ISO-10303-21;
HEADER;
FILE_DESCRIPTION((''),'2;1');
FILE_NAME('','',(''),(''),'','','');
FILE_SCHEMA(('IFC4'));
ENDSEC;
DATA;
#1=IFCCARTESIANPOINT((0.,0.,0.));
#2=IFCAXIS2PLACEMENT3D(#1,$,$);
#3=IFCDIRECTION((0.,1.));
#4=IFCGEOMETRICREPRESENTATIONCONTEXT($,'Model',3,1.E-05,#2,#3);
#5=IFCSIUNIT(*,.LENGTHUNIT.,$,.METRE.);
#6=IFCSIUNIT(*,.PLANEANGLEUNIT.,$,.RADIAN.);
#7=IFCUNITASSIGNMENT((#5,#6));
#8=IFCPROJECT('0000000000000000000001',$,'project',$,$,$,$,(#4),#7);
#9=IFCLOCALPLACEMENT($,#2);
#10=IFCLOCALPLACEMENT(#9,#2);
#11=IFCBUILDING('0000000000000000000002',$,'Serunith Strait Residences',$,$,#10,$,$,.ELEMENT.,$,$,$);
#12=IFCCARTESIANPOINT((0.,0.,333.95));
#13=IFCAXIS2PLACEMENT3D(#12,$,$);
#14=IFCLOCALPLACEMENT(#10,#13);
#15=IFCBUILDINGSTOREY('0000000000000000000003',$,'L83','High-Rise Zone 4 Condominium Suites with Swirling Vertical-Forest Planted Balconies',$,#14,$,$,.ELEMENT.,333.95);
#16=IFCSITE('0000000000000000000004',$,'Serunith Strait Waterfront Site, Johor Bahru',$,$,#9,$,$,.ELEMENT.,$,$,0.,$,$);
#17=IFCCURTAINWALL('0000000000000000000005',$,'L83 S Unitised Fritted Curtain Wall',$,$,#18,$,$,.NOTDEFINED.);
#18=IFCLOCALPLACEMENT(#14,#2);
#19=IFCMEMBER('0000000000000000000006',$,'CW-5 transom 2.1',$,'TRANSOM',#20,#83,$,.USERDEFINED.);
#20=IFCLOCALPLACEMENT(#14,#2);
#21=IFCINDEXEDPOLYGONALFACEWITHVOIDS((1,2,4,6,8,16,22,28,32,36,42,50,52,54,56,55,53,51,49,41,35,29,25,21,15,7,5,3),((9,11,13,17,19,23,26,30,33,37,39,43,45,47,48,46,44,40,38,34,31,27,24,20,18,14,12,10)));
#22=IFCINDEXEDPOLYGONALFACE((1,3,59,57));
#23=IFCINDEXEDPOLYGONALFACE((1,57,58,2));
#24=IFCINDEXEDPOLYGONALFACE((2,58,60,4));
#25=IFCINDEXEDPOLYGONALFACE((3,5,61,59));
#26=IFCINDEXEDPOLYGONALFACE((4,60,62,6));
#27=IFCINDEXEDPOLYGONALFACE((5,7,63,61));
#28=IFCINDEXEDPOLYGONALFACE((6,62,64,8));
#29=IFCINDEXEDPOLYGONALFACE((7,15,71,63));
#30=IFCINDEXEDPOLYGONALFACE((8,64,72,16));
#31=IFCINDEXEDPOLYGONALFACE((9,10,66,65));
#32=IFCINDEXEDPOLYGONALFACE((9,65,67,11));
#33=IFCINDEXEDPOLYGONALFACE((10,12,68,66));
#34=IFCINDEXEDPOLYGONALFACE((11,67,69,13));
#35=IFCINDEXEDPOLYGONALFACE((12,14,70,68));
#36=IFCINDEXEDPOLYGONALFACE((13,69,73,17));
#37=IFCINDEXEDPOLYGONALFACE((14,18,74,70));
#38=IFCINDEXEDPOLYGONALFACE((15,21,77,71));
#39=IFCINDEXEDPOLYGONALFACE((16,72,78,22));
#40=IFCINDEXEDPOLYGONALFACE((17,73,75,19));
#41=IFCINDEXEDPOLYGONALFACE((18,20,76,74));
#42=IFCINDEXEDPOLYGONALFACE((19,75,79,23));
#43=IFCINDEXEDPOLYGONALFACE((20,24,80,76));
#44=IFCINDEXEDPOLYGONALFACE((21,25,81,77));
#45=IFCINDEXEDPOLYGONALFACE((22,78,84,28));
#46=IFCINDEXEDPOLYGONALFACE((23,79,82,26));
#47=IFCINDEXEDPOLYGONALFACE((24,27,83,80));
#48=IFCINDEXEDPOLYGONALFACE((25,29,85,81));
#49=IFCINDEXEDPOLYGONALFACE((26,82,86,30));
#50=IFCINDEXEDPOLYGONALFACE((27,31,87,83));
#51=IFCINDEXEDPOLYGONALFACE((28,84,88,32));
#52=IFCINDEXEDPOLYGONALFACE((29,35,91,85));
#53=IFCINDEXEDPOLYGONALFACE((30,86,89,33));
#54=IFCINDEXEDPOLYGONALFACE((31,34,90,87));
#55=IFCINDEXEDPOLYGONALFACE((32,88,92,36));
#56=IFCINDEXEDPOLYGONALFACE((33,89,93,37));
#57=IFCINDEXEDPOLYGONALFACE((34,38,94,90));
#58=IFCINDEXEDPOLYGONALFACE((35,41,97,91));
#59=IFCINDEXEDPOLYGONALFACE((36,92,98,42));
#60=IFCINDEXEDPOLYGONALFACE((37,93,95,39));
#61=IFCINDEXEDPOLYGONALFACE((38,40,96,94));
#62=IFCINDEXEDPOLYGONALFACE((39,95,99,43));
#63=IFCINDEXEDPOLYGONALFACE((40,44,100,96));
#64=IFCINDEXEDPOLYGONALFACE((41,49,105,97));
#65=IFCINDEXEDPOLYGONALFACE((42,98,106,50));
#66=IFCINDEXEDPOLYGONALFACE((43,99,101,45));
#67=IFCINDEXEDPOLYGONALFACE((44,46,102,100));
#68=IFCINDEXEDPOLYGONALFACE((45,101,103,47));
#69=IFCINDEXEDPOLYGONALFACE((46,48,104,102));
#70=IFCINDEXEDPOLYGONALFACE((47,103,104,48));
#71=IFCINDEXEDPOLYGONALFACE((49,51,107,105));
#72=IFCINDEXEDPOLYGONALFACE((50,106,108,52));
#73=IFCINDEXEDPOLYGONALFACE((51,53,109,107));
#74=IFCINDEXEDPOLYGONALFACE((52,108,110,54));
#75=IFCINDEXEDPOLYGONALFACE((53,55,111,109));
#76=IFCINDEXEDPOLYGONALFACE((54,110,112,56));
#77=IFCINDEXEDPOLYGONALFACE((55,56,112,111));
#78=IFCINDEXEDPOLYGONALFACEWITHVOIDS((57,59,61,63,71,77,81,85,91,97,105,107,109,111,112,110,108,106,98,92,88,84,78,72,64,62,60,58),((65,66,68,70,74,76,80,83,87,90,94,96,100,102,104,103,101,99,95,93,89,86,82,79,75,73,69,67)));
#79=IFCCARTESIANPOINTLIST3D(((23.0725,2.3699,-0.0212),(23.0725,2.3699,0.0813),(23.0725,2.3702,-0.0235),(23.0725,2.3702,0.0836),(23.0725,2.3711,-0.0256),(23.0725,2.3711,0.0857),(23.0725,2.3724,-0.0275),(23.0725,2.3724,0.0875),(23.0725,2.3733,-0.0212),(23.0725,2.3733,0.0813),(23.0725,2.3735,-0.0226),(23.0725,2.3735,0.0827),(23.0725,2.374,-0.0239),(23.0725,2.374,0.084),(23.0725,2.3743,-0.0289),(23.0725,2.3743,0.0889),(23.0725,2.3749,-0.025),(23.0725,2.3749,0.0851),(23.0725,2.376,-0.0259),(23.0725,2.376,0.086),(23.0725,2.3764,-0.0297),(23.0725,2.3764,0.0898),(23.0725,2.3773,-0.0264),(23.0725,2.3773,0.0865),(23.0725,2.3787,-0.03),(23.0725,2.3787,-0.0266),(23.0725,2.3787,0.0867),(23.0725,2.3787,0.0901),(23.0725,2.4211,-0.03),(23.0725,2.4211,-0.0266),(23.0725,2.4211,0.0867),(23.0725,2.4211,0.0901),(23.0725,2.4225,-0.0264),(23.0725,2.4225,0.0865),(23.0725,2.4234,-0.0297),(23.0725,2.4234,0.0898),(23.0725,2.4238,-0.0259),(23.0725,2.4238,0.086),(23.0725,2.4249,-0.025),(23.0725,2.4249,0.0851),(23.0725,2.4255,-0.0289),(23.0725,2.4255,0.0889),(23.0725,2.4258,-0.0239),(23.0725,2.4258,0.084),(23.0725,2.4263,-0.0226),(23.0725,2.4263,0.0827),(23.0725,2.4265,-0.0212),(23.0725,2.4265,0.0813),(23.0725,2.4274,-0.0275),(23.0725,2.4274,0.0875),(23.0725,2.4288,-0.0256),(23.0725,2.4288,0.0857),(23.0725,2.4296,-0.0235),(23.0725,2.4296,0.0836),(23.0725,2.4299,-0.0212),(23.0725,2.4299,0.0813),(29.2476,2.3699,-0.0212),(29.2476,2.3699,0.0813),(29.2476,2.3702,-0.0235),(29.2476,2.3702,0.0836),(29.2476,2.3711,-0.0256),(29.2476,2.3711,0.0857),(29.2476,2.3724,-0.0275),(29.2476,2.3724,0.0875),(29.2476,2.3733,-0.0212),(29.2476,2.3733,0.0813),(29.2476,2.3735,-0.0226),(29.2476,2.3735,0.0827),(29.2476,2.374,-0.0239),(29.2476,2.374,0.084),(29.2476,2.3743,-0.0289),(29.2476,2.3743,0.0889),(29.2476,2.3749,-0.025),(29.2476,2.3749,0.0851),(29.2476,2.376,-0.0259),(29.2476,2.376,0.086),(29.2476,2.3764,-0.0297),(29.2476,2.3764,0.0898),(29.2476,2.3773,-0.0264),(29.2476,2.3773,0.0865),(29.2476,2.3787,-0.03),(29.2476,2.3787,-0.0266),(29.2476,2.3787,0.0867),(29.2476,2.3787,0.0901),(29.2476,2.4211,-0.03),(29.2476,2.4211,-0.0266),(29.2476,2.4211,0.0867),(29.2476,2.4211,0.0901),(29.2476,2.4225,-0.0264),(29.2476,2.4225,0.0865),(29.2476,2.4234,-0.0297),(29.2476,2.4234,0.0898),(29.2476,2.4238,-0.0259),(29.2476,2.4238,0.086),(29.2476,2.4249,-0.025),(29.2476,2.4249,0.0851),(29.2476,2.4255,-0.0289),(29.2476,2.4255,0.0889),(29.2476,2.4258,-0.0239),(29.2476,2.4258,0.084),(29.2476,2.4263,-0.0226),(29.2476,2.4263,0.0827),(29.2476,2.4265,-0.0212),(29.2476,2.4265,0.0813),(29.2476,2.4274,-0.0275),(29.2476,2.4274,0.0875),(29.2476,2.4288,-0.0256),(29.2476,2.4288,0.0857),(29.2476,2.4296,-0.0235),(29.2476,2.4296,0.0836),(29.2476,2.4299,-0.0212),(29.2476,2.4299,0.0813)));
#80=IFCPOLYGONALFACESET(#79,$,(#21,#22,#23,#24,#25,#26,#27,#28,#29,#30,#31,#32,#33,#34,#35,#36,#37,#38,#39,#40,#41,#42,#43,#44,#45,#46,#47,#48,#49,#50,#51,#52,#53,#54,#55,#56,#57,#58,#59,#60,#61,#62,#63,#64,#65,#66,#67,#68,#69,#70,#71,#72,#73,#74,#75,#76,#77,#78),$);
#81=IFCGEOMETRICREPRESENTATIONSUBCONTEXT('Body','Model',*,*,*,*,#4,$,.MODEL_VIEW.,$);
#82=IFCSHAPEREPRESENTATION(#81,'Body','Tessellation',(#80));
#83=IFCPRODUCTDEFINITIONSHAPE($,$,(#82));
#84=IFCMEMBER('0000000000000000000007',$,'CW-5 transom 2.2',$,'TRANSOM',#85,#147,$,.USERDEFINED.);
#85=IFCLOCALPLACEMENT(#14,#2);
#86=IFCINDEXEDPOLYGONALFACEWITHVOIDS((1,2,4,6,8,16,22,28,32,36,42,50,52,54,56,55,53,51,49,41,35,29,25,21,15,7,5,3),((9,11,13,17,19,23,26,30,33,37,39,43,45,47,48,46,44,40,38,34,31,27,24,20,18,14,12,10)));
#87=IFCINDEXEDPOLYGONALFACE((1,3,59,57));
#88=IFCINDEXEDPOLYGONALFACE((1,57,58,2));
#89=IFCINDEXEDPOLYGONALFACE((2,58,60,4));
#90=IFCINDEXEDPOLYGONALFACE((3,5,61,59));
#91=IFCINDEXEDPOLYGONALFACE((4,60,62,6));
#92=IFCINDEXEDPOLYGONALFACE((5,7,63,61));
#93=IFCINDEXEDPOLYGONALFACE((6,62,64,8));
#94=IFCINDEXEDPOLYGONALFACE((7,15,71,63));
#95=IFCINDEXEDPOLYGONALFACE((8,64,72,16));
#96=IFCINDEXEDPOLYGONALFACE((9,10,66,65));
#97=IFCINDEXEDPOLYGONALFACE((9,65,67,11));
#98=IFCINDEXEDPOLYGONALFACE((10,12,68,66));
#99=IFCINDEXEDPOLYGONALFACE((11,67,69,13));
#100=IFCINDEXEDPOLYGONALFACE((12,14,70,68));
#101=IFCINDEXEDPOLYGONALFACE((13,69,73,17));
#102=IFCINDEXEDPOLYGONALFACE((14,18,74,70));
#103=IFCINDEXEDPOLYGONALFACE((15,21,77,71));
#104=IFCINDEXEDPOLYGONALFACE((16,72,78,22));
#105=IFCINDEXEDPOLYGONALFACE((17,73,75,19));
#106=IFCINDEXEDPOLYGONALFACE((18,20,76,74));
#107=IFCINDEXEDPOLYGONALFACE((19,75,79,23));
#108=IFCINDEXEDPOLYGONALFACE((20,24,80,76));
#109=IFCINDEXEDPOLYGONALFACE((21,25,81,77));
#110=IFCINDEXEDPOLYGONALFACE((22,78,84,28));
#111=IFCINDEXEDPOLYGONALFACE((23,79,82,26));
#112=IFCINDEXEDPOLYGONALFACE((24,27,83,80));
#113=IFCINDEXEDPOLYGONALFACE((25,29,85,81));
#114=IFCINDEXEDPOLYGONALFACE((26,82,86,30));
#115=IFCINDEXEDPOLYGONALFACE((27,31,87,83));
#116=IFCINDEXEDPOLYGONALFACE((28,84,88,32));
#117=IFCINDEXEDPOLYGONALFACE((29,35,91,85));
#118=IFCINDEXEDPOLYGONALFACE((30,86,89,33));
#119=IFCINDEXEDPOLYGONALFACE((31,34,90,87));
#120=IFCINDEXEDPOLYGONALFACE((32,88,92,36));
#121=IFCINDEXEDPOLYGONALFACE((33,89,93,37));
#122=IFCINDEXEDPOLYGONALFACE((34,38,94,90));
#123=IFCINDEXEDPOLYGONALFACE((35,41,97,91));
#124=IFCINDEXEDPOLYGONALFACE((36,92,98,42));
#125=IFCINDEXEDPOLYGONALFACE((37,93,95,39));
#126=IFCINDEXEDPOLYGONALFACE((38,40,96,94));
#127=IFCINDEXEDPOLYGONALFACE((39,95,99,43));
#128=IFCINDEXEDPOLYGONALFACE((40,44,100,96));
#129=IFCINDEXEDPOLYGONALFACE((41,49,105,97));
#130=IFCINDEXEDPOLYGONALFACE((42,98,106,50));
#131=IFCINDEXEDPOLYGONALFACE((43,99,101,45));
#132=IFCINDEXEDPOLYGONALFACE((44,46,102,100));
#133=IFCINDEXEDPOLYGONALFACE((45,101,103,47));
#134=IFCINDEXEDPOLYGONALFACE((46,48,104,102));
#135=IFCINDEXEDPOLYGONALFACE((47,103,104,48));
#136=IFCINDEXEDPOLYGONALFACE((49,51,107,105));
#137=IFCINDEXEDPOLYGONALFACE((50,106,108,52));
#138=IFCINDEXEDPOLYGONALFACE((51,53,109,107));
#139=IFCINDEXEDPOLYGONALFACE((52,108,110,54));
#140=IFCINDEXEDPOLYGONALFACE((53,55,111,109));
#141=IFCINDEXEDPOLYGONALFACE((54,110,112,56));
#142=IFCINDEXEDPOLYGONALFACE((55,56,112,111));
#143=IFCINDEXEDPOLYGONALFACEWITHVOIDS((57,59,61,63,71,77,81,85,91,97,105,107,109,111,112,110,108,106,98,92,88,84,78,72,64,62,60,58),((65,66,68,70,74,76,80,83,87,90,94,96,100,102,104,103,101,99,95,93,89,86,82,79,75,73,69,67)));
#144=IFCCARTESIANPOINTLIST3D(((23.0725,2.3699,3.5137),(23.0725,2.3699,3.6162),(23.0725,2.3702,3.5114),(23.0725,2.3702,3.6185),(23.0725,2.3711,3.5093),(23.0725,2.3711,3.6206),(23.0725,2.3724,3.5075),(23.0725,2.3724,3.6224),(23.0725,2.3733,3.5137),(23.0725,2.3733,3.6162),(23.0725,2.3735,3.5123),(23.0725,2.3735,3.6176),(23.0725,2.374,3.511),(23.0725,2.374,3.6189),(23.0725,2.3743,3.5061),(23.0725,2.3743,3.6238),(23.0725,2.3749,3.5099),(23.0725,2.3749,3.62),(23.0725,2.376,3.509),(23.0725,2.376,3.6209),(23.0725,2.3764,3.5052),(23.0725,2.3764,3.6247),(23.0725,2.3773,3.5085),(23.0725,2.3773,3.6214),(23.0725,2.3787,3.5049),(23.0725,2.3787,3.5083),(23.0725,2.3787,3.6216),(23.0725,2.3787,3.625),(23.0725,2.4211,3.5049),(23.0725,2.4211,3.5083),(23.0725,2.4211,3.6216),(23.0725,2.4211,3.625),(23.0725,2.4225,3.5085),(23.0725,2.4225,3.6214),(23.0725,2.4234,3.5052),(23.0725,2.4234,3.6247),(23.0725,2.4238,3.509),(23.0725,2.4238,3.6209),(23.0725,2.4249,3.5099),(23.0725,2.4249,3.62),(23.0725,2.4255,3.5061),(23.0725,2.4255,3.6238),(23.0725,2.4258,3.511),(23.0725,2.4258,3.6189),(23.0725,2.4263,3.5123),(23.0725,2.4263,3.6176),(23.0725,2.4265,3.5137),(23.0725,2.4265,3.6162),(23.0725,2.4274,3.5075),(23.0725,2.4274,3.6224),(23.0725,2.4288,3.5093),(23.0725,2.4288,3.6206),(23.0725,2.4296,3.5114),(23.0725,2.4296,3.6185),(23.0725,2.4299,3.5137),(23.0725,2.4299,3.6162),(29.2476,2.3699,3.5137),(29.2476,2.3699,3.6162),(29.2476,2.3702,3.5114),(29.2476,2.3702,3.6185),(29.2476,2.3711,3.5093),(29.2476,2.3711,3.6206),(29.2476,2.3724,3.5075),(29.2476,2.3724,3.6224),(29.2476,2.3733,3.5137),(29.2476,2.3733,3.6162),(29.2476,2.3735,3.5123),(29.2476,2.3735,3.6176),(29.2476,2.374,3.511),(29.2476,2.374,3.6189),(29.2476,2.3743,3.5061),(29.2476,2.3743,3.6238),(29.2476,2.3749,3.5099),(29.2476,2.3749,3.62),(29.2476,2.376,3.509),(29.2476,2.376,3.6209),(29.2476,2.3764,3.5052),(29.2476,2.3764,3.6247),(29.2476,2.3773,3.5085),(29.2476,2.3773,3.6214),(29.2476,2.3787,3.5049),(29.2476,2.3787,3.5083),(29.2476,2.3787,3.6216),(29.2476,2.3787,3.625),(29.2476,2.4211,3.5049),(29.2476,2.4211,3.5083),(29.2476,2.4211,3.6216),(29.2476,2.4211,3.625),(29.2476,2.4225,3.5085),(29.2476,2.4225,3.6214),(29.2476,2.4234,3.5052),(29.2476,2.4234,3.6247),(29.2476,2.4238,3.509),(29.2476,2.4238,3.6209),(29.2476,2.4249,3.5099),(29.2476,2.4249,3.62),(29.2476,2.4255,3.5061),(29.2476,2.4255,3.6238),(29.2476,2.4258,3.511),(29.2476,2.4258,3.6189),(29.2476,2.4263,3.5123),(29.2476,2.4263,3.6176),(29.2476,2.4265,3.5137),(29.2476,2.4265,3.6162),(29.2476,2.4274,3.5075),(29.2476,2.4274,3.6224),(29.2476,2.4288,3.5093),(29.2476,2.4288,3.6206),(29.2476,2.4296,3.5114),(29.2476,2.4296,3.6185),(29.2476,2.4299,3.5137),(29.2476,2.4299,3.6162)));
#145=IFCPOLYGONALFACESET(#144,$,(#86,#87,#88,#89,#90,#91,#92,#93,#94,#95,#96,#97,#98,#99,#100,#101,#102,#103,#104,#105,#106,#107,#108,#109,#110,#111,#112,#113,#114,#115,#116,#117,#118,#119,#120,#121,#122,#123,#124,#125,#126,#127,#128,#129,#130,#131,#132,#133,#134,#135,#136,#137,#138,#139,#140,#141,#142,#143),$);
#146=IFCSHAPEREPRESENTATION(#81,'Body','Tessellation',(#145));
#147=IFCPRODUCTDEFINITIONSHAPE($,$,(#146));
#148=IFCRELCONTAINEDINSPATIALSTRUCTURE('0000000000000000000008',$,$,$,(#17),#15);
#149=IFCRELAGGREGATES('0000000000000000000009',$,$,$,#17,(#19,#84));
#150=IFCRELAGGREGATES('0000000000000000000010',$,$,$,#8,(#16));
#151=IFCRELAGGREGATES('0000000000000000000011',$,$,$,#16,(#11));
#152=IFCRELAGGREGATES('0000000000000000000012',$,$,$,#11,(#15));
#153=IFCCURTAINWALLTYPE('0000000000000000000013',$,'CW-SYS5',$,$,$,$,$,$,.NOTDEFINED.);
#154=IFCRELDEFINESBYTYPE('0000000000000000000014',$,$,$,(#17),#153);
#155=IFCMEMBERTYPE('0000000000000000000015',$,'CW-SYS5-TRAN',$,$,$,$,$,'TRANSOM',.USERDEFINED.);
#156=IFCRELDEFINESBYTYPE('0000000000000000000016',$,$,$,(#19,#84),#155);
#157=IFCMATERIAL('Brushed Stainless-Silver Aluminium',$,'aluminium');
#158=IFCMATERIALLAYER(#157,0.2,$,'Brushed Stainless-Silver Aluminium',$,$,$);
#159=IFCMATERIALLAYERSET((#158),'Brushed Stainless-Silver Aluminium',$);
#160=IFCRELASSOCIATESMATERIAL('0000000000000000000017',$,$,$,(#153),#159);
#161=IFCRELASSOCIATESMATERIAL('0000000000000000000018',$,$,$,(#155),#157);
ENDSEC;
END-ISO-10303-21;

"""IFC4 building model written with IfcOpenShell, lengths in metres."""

from ifc_helpers import new_model, si_unit, direction, frame, origin, origin_2d, place, context, subcontext, project, spatial, hollow_rectangle, extrude, source, transform, mapped, material, layer, layer_set, material_profile, profile_set, type_object, element, aggregate, save


model = new_model("IFC4")

# Units and contexts
model_context = context("Model", 3, precision=1e-05, world=origin(), true_north=direction((0.0, 1.0)))
body_context = subcontext(model_context, "Body", "Model", "MODEL_VIEW")
ifc_project = project(units=[si_unit("LENGTHUNIT", "METRE"), si_unit("PLANEANGLEUNIT", "RADIAN")], contexts=[model_context])

# Site, building, storey
site_placement = place(None, origin())
site = spatial("IfcSite", under=ifc_project, at=site_placement, Name="Serunith Strait Waterfront Site, Johor Bahru", CompositionType="ELEMENT", RefElevation=0.0)
building_placement = place(site_placement, origin())
building = spatial("IfcBuilding", under=site, at=building_placement, Name="Serunith Strait Residences", CompositionType="ELEMENT")
storey_placement = place(building_placement, frame((0.0, 0.0, 333.95)))
storey = spatial("IfcBuildingStorey", under=building, at=storey_placement, Name="L83", Description="High-Rise Zone 4 Condominium Suites with Swirling Vertical-Forest Planted Balconies", CompositionType="ELEMENT", Elevation=333.95)

# Curtain wall, members
ifc_material_1 = material(Name="Brushed Stainless-Silver Aluminium", Category="aluminium")
ifc_layer_1 = layer(ifc_material_1, 0.2, Name="Brushed Stainless-Silver Aluminium")
ifc_layer_set_1 = layer_set([ifc_layer_1], Name="Brushed Stainless-Silver Aluminium")
curtain_wall_type = type_object("IfcCurtainWallType", Name="CW-SYS5", PredefinedType="NOTDEFINED", material=ifc_layer_set_1)
curtain_wall_placement = place(storey_placement, origin())
curtain_wall = element("IfcCurtainWall", 1, at=curtain_wall_placement, inside=storey, type_object=curtain_wall_type, Name="L83 S Unitised Fritted Curtain Wall", PredefinedType="NOTDEFINED")
ifc_material_profile_1 = material_profile(ifc_material_1, hollow_rectangle(XDim=0.0601, YDim=0.1201, WallThickness=0.0034, InnerFilletRadius=0.0054, OuterFilletRadius=0.0088, at=origin_2d()), Name="ALU 120x60x3.5")
ifc_profile_set_1 = profile_set([ifc_material_profile_1], Name="Brushed Stainless-Silver Aluminium")
member_type_1 = type_object("IfcMemberType", Name="CW-SYS5-TRAN", ElementType="TRANSOM", PredefinedType="USERDEFINED", material=ifc_profile_set_1)
shared_shape_1 = source(origin(), body_context, "Body", "SweptSolid", [
    extrude(hollow_rectangle(XDim=0.0601, YDim=0.1201, WallThickness=0.0034, InnerFilletRadius=0.0054, OuterFilletRadius=0.0088, at=origin_2d()), origin(), (0.0, 0.0, 1.0), 6.175),
])
member_1_placement = place(storey_placement, frame((23.0725, 2.3999, 0.03), z_axis=(1.0, 0.0, 0.0), x_axis=(0.0, 1.0, 0.0)))
member_1 = element("IfcMember", 2, at=member_1_placement, type_object=member_type_1, Name="CW-5 transom 2.1", ObjectType="TRANSOM", PredefinedType="USERDEFINED", context=body_context, shape_type="MappedRepresentation", body=[
    mapped(shared_shape_1, transform((0.0, 0.0, 0.0), scale=1.0)),
])
member_2_placement = place(storey_placement, frame((23.0725, 2.3999, 3.5649), z_axis=(1.0, 0.0, 0.0), x_axis=(0.0, 1.0, 0.0)))
member_2 = element("IfcMember", 3, at=member_2_placement, type_object=member_type_1, Name="CW-5 transom 2.2", ObjectType="TRANSOM", PredefinedType="USERDEFINED", context=body_context, shape_type="MappedRepresentation", body=[
    mapped(shared_shape_1, transform((0.0, 0.0, 0.0), scale=1.0)),
])
aggregate(curtain_wall, [member_1, member_2])

save(model, "model.ifc")
